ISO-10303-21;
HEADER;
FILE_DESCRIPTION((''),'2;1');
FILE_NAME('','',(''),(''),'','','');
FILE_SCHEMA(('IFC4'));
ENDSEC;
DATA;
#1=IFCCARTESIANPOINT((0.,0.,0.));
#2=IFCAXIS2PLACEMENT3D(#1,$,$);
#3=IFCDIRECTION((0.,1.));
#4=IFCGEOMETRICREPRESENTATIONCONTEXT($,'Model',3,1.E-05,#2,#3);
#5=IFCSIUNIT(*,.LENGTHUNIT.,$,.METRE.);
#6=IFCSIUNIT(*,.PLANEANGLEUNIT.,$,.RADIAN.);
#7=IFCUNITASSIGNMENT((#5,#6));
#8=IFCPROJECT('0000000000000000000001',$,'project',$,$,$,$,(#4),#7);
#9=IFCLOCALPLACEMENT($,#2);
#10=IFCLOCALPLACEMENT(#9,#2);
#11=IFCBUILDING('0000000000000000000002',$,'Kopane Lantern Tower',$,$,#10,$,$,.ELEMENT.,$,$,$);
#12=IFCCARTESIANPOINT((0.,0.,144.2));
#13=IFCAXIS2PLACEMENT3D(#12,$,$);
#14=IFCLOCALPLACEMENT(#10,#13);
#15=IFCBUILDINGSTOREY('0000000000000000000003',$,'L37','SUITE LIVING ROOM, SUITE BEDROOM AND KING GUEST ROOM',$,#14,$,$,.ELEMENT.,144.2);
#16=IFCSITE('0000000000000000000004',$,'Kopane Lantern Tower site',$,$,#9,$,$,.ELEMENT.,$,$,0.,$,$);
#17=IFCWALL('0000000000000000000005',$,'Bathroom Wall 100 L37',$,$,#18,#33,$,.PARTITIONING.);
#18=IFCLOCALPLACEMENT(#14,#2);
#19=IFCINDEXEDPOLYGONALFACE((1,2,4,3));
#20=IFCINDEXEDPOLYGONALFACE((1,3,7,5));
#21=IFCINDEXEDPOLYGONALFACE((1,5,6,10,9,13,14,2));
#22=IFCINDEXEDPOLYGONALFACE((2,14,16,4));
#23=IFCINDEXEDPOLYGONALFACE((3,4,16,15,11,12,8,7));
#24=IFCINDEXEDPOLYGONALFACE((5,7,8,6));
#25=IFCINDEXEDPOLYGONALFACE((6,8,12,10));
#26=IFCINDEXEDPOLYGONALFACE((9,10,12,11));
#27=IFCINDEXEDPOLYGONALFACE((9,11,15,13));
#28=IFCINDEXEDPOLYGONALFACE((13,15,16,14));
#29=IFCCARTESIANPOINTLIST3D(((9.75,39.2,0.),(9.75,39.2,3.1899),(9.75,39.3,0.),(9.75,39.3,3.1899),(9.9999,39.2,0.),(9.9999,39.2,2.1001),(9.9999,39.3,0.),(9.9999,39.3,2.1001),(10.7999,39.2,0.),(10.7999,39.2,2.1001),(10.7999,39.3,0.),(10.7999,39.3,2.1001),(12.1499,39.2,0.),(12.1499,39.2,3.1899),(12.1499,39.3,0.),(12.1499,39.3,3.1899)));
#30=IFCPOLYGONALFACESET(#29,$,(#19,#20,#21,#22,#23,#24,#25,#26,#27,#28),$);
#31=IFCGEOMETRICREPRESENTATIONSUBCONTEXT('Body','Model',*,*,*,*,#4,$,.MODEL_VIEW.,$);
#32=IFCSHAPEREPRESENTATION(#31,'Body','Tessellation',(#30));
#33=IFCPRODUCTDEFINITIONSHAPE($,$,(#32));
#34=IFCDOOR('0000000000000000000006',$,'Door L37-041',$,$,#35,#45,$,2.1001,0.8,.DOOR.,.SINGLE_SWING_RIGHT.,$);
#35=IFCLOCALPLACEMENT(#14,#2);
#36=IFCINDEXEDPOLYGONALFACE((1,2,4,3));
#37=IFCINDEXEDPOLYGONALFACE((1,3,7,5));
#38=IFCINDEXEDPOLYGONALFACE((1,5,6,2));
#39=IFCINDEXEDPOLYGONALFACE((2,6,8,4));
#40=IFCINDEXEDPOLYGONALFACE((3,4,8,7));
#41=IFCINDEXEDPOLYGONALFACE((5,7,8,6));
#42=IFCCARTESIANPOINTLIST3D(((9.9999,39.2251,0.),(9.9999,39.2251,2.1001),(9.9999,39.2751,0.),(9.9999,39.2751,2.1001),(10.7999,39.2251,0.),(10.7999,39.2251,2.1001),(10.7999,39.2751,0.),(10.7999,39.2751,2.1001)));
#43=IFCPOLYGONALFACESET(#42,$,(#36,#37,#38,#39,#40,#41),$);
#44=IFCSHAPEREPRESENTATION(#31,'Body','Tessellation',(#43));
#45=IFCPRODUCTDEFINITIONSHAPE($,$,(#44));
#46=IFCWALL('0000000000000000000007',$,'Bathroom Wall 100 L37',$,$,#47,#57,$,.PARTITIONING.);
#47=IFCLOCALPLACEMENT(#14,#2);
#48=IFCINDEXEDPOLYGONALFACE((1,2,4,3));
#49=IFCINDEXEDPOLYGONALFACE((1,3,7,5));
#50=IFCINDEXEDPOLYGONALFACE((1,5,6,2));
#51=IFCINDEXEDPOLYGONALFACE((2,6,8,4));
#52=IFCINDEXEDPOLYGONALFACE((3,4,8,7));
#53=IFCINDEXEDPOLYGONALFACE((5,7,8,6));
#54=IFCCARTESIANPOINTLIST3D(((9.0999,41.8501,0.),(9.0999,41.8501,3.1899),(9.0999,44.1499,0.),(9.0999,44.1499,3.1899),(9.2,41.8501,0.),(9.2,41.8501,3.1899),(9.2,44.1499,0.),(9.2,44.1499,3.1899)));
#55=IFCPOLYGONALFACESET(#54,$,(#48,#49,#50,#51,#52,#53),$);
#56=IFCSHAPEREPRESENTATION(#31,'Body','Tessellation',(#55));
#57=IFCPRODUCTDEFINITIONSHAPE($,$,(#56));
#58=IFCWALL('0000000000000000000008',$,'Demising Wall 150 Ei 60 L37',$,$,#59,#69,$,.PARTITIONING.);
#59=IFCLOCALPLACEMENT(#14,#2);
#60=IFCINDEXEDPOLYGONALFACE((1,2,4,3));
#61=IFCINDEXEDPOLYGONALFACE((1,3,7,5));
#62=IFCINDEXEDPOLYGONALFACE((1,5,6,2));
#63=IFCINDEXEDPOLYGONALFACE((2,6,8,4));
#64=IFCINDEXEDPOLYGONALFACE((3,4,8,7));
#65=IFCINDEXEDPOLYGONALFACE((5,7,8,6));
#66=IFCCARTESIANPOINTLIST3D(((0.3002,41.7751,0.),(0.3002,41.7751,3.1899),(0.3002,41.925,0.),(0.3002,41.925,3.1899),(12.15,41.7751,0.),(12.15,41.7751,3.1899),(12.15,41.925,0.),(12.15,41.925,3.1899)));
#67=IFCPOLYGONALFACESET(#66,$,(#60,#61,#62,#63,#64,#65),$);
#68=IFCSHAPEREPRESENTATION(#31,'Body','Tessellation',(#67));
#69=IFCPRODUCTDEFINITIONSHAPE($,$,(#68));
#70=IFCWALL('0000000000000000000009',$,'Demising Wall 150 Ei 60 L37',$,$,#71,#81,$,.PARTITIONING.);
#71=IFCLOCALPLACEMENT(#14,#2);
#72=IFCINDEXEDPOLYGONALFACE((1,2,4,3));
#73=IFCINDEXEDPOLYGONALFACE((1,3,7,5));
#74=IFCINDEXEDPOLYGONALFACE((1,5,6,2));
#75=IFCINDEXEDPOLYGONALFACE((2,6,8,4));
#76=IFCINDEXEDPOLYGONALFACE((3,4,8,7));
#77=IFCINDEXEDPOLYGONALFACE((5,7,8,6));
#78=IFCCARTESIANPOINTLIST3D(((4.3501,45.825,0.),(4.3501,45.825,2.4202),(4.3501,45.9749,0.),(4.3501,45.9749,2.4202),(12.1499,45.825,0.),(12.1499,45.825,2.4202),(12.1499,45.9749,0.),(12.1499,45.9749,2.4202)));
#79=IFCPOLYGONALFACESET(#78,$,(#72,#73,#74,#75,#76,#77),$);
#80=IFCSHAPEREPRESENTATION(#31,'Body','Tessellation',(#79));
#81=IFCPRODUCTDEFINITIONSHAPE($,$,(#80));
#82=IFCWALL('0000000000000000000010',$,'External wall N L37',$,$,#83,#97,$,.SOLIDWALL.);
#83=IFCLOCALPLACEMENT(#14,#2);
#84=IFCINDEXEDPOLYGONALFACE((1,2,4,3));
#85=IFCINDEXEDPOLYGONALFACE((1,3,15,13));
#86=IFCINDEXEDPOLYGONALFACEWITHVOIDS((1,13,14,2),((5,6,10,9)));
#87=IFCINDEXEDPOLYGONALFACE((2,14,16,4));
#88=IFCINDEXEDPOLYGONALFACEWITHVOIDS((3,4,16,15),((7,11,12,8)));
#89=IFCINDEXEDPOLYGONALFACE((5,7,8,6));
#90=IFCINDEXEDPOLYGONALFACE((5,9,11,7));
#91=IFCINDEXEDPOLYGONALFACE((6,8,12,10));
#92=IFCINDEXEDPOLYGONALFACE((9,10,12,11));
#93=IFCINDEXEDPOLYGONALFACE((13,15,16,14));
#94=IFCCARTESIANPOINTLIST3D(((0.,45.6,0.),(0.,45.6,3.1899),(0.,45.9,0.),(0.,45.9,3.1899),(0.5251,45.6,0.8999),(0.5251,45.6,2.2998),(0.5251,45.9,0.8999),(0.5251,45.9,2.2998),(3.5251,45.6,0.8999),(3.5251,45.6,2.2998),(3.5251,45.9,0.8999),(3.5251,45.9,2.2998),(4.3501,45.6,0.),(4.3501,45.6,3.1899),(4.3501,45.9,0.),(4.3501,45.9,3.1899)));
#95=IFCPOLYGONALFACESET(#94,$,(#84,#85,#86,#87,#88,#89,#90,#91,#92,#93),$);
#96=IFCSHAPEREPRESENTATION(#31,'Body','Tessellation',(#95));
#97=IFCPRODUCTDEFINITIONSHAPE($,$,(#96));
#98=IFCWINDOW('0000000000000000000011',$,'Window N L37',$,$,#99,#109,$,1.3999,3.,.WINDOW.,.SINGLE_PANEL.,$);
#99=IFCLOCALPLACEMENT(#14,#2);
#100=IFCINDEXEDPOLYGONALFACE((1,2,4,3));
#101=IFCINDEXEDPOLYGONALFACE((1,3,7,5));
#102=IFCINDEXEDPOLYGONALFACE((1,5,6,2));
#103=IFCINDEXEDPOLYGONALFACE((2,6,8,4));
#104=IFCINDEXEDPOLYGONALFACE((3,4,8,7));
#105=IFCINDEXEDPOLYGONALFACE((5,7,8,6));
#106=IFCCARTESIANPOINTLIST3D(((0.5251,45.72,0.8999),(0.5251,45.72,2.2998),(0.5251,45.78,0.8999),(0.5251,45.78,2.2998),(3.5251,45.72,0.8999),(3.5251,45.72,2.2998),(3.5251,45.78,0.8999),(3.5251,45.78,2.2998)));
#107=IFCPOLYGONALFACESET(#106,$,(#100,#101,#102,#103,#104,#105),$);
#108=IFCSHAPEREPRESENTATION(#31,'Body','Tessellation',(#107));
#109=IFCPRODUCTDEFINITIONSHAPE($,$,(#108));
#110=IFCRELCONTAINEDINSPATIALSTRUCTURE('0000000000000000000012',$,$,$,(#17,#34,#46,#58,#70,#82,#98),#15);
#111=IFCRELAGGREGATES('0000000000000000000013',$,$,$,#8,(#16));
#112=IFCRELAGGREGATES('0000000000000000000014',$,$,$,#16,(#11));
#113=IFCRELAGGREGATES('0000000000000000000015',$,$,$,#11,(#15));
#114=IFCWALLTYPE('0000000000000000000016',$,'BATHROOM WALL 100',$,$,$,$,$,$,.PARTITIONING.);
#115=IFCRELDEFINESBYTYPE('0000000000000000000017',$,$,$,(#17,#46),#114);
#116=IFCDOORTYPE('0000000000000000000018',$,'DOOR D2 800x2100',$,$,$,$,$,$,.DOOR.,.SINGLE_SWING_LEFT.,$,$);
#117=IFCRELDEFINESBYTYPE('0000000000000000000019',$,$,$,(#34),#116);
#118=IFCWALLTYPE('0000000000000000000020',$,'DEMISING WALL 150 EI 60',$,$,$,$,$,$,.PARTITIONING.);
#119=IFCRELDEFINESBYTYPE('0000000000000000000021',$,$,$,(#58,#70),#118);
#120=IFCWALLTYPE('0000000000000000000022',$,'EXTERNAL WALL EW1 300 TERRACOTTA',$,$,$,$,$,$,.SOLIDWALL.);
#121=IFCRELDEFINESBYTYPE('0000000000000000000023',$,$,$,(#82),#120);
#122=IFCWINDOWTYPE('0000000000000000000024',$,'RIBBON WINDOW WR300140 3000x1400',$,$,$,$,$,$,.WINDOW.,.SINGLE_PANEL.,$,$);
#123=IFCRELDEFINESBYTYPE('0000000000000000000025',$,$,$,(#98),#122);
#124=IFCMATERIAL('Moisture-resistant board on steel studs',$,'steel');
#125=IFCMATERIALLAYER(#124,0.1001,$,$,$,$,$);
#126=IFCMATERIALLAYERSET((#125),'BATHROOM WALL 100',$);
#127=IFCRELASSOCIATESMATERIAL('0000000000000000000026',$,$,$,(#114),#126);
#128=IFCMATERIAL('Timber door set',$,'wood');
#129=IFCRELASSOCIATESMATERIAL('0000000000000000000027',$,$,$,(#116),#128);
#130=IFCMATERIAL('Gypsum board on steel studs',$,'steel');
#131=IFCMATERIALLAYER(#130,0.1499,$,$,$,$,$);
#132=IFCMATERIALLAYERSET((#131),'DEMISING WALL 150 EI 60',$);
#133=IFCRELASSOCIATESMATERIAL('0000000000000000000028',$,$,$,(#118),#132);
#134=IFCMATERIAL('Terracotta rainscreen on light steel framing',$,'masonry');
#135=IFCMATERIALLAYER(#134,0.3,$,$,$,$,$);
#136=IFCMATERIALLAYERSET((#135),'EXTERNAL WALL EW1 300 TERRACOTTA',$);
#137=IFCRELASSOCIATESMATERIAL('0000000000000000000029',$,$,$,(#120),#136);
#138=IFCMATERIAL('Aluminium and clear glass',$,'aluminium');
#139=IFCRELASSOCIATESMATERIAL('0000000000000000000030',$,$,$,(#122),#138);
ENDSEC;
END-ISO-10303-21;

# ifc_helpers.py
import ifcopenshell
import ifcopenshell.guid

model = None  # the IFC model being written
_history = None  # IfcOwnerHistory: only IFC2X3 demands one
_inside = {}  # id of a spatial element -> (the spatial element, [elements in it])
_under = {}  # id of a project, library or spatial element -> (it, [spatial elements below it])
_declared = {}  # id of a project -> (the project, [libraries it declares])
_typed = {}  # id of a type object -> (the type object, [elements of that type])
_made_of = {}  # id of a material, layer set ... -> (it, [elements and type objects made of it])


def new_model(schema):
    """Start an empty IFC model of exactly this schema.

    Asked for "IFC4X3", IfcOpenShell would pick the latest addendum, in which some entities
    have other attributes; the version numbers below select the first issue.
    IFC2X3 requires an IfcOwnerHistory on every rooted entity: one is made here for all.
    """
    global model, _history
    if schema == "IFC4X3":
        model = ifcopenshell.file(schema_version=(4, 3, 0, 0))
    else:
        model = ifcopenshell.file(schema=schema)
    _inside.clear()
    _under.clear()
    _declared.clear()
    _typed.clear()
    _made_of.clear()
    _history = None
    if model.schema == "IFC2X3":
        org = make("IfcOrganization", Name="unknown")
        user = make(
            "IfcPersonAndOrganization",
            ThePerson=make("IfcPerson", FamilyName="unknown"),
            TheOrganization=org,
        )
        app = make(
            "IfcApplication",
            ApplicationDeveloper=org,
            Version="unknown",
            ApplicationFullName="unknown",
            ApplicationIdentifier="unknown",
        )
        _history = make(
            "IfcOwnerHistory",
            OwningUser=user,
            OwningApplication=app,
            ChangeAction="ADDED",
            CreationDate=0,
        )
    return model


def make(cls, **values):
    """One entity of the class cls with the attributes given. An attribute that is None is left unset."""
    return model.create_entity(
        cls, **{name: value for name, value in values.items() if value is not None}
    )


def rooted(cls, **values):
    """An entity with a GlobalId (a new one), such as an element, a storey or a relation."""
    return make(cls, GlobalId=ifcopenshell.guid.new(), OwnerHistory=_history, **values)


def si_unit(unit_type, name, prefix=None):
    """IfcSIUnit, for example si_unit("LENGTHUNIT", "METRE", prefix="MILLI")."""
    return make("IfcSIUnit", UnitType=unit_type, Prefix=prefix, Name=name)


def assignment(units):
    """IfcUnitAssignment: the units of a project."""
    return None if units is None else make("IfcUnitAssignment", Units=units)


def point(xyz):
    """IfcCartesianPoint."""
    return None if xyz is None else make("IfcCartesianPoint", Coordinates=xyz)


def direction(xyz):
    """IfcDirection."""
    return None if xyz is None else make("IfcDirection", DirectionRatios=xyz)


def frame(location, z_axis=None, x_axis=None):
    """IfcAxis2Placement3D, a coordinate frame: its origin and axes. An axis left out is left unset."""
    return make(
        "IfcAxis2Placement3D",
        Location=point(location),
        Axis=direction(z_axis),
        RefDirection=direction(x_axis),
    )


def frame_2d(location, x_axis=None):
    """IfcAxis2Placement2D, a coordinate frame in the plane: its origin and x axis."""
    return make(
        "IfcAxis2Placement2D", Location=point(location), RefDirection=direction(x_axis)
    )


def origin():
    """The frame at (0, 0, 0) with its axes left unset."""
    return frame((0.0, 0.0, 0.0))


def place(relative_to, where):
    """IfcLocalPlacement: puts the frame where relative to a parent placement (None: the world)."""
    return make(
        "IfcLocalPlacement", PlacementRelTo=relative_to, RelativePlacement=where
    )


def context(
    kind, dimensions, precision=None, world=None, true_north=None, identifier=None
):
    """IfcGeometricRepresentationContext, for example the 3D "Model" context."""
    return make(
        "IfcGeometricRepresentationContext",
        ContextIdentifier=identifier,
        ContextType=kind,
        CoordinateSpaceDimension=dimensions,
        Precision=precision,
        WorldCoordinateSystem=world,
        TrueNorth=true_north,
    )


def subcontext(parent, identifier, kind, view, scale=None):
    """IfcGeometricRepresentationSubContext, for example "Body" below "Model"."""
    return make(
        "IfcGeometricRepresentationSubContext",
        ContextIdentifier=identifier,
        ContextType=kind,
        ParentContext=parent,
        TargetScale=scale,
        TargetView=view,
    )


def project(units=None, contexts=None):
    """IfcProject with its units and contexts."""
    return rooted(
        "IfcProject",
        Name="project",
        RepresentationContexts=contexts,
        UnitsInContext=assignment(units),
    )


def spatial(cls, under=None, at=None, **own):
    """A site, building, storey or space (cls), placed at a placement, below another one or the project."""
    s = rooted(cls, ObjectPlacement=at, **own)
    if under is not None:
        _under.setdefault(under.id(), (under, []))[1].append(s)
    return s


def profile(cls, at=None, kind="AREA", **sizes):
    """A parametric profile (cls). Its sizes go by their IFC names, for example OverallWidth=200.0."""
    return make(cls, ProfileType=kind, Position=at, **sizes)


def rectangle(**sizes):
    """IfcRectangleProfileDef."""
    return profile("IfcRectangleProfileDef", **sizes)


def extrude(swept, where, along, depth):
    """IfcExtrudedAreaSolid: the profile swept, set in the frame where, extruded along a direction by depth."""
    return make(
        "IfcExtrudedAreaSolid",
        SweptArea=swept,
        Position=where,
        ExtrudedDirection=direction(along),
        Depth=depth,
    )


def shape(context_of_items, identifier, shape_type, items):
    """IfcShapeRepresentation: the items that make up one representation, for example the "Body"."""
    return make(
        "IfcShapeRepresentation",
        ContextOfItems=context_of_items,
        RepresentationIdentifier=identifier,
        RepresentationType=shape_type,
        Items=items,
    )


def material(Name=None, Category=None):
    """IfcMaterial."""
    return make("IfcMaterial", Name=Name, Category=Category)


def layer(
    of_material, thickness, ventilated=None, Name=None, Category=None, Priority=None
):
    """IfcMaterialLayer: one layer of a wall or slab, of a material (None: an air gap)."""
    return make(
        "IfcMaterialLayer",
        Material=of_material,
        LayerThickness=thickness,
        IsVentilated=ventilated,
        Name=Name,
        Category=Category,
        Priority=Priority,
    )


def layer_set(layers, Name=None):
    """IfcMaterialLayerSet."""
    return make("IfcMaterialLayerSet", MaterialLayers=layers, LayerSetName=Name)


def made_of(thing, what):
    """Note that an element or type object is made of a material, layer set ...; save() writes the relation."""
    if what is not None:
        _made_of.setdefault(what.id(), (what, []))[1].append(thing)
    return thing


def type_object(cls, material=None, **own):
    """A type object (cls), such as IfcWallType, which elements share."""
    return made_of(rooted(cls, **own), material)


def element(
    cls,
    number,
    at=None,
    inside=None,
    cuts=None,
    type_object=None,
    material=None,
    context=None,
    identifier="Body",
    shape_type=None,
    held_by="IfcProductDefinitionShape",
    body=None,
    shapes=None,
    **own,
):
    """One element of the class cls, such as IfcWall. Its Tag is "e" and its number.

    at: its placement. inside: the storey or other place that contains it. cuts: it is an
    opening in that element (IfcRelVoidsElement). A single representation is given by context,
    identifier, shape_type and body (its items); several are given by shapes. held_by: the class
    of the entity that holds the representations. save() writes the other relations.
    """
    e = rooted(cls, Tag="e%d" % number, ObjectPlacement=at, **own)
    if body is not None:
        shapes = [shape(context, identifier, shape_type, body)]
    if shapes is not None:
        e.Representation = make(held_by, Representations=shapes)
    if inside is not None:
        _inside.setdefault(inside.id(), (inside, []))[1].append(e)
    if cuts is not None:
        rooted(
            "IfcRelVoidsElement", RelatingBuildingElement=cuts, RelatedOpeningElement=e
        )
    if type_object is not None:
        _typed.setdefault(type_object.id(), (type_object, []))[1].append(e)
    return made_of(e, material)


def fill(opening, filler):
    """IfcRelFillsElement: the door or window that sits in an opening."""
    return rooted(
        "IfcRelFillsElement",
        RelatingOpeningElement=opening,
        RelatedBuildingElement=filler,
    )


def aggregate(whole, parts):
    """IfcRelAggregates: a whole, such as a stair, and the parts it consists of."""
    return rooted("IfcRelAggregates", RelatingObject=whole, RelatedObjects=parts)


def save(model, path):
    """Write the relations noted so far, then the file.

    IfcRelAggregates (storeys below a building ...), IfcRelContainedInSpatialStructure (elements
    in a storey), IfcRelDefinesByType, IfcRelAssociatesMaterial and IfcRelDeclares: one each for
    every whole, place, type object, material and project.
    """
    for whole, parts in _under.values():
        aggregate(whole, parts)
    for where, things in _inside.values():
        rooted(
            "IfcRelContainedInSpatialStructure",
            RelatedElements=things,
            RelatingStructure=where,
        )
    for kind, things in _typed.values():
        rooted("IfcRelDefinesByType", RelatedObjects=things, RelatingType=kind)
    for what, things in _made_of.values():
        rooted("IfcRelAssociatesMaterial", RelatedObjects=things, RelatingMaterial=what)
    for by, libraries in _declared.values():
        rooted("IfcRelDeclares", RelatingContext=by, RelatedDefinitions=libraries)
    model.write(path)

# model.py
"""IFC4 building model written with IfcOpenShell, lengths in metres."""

from ifc_helpers import new_model, si_unit, direction, frame, frame_2d, origin, place, context, subcontext, project, spatial, rectangle, extrude, material, layer, layer_set, type_object, element, fill, save


model = new_model("IFC4")

# Units and contexts
model_context = context("Model", 3, precision=1e-05, world=origin(), true_north=direction((0.0, 1.0)))
body_context = subcontext(model_context, "Body", "Model", "MODEL_VIEW")
ifc_project = project(units=[si_unit("LENGTHUNIT", "METRE"), si_unit("PLANEANGLEUNIT", "RADIAN")], contexts=[model_context])

# Site, building, storey
site_placement = place(None, origin())
site = spatial("IfcSite", under=ifc_project, at=site_placement, Name="Kopane Lantern Tower site", CompositionType="ELEMENT", RefElevation=0.0)
building_placement = place(site_placement, origin())
building = spatial("IfcBuilding", under=site, at=building_placement, Name="Kopane Lantern Tower", CompositionType="ELEMENT")
storey_placement = place(building_placement, frame((0.0, 0.0, 144.2)))
storey = spatial("IfcBuildingStorey", under=building, at=storey_placement, Name="L37", Description="SUITE LIVING ROOM, SUITE BEDROOM AND KING GUEST ROOM", CompositionType="ELEMENT", Elevation=144.2)

# Wall, opening, door
ifc_material_1 = material(Name="Moisture-resistant board on steel studs", Category="steel")
ifc_layer_1 = layer(ifc_material_1, 0.1001)
ifc_layer_set_1 = layer_set([ifc_layer_1], Name="BATHROOM WALL 100")
wall_type_1 = type_object("IfcWallType", Name="BATHROOM WALL 100", PredefinedType="PARTITIONING", material=ifc_layer_set_1)
wall_1_placement = place(storey_placement, frame((12.1499, 39.25, 0.0), z_axis=(0.0, 0.0, 1.0), x_axis=(-1.0, 0.0, 0.0)))
wall_1 = element("IfcWall", 1, at=wall_1_placement, inside=storey, type_object=wall_type_1, Name="Bathroom Wall 100 L37", PredefinedType="PARTITIONING", context=body_context, shape_type="SweptSolid", body=[
    extrude(rectangle(XDim=2.3999, YDim=0.1001, at=frame_2d((1.2, 0.0))), origin(), (0.0, 0.0, 1.0), 3.1899),
])
opening_1_placement = place(wall_1_placement, frame((1.3501, 0.0, 0.0)))
opening_1 = element("IfcOpeningElement", 2, at=opening_1_placement, cuts=wall_1, PredefinedType="OPENING", context=body_context, shape_type="SweptSolid", body=[
    extrude(rectangle(XDim=0.8, YDim=2.1001, at=frame_2d((0.3999, 1.05))), frame((0.0, 0.0601, 0.0), z_axis=(0.0, -1.0, 0.0), x_axis=(1.0, 0.0, 0.0)), (0.0, 0.0, 1.0), 0.1201),
])
ifc_material_2 = material(Name="Timber door set", Category="wood")
door_type = type_object("IfcDoorType", Name="DOOR D2 800x2100", OperationType="SINGLE_SWING_LEFT", PredefinedType="DOOR", material=ifc_material_2)
door_placement = place(opening_1_placement, origin())
door = element("IfcDoor", 3, at=door_placement, inside=storey, type_object=door_type, Name="Door L37-041", OperationType="SINGLE_SWING_RIGHT", OverallHeight=2.1001, OverallWidth=0.8, PredefinedType="DOOR", context=body_context, shape_type="SweptSolid", body=[
    extrude(rectangle(XDim=0.8, YDim=2.1001, at=frame_2d((0.3999, 1.05))), frame((0.0, 0.0249, 0.0), z_axis=(0.0, -1.0, 0.0), x_axis=(1.0, 0.0, 0.0)), (0.0, 0.0, 1.0), 0.05),
])
fill(opening_1, door)

# Walls
wall_2_placement = place(storey_placement, frame((9.1499, 41.8501, 0.0), z_axis=(0.0, 0.0, 1.0), x_axis=(0.0, 1.0, 0.0)))
element("IfcWall", 4, at=wall_2_placement, inside=storey, type_object=wall_type_1, Name="Bathroom Wall 100 L37", PredefinedType="PARTITIONING", context=body_context, shape_type="SweptSolid", body=[
    extrude(rectangle(XDim=2.2998, YDim=0.1001, at=frame_2d((1.1499, 0.0))), origin(), (0.0, 0.0, 1.0), 3.1899),
])
ifc_material_3 = material(Name="Gypsum board on steel studs", Category="steel")
ifc_layer_2 = layer(ifc_material_3, 0.1499)
ifc_layer_set_2 = layer_set([ifc_layer_2], Name="DEMISING WALL 150 EI 60")
wall_type_2 = type_object("IfcWallType", Name="DEMISING WALL 150 EI 60", PredefinedType="PARTITIONING", material=ifc_layer_set_2)
wall_3_placement = place(storey_placement, frame((12.1499, 41.8501, 0.0), z_axis=(0.0, 0.0, 1.0), x_axis=(-1.0, 0.0, 0.0)))
element("IfcWall", 5, at=wall_3_placement, inside=storey, type_object=wall_type_2, Name="Demising Wall 150 Ei 60 L37", PredefinedType="PARTITIONING", context=body_context, shape_type="SweptSolid", body=[
    extrude(rectangle(XDim=11.8499, YDim=0.1499, at=frame_2d((5.9248, 0.0))), origin(), (0.0, 0.0, 1.0), 3.1899),
])
wall_4_placement = place(storey_placement, frame((4.3501, 45.8999, 0.0), z_axis=(0.0, 0.0, 1.0), x_axis=(1.0, 0.0, 0.0)))
element("IfcWall", 6, at=wall_4_placement, inside=storey, type_object=wall_type_2, Name="Demising Wall 150 Ei 60 L37", PredefinedType="PARTITIONING", context=body_context, shape_type="SweptSolid", body=[
    extrude(rectangle(XDim=7.7998, YDim=0.1499, at=frame_2d((3.8999, 0.0))), origin(), (0.0, 0.0, 1.0), 2.4202),
])

# Wall, opening, window
ifc_material_4 = material(Name="Terracotta rainscreen on light steel framing", Category="masonry")
ifc_layer_3 = layer(ifc_material_4, 0.3)
ifc_layer_set_3 = layer_set([ifc_layer_3], Name="EXTERNAL WALL EW1 300 TERRACOTTA")
wall_type_3 = type_object("IfcWallType", Name="EXTERNAL WALL EW1 300 TERRACOTTA", PredefinedType="SOLIDWALL", material=ifc_layer_set_3)
wall_5_placement = place(storey_placement, frame((4.3501, 45.75, 0.0), z_axis=(0.0, 0.0, 1.0), x_axis=(-1.0, 0.0, 0.0)))
wall_5 = element("IfcWall", 7, at=wall_5_placement, inside=storey, type_object=wall_type_3, Name="External wall N L37", PredefinedType="SOLIDWALL", context=body_context, shape_type="SweptSolid", body=[
    extrude(rectangle(XDim=4.3501, YDim=0.3, at=frame_2d((2.175, 0.0))), origin(), (0.0, 0.0, 1.0), 3.1899),
])
opening_2_placement = place(wall_5_placement, frame((0.825, 0.0, 0.8999)))
opening_2 = element("IfcOpeningElement", 8, at=opening_2_placement, cuts=wall_5, PredefinedType="OPENING", context=body_context, shape_type="SweptSolid", body=[
    extrude(rectangle(XDim=3.0, YDim=1.3999, at=frame_2d((1.5, 0.7))), frame((0.0, 0.1599, 0.0), z_axis=(0.0, -1.0, 0.0), x_axis=(1.0, 0.0, 0.0)), (0.0, 0.0, 1.0), 0.3201),
])
ifc_material_5 = material(Name="Aluminium and clear glass", Category="aluminium")
window_type = type_object("IfcWindowType", Name="RIBBON WINDOW WR300140 3000x1400", PartitioningType="SINGLE_PANEL", PredefinedType="WINDOW", material=ifc_material_5)
window_1_placement = place(opening_2_placement, origin())
window_1 = element("IfcWindow", 9, at=window_1_placement, inside=storey, type_object=window_type, Name="Window N L37", OverallHeight=1.3999, OverallWidth=3.0, PartitioningType="SINGLE_PANEL", PredefinedType="WINDOW", context=body_context, shape_type="SweptSolid", body=[
    extrude(rectangle(XDim=3.0, YDim=1.3999, at=frame_2d((1.5, 0.7))), frame((0.0, 0.03, 0.0), z_axis=(0.0, -1.0, 0.0), x_axis=(1.0, 0.0, 0.0)), (0.0, 0.0, 1.0), 0.0601),
])
fill(opening_2, window_1)

save(model, "model.ifc")
